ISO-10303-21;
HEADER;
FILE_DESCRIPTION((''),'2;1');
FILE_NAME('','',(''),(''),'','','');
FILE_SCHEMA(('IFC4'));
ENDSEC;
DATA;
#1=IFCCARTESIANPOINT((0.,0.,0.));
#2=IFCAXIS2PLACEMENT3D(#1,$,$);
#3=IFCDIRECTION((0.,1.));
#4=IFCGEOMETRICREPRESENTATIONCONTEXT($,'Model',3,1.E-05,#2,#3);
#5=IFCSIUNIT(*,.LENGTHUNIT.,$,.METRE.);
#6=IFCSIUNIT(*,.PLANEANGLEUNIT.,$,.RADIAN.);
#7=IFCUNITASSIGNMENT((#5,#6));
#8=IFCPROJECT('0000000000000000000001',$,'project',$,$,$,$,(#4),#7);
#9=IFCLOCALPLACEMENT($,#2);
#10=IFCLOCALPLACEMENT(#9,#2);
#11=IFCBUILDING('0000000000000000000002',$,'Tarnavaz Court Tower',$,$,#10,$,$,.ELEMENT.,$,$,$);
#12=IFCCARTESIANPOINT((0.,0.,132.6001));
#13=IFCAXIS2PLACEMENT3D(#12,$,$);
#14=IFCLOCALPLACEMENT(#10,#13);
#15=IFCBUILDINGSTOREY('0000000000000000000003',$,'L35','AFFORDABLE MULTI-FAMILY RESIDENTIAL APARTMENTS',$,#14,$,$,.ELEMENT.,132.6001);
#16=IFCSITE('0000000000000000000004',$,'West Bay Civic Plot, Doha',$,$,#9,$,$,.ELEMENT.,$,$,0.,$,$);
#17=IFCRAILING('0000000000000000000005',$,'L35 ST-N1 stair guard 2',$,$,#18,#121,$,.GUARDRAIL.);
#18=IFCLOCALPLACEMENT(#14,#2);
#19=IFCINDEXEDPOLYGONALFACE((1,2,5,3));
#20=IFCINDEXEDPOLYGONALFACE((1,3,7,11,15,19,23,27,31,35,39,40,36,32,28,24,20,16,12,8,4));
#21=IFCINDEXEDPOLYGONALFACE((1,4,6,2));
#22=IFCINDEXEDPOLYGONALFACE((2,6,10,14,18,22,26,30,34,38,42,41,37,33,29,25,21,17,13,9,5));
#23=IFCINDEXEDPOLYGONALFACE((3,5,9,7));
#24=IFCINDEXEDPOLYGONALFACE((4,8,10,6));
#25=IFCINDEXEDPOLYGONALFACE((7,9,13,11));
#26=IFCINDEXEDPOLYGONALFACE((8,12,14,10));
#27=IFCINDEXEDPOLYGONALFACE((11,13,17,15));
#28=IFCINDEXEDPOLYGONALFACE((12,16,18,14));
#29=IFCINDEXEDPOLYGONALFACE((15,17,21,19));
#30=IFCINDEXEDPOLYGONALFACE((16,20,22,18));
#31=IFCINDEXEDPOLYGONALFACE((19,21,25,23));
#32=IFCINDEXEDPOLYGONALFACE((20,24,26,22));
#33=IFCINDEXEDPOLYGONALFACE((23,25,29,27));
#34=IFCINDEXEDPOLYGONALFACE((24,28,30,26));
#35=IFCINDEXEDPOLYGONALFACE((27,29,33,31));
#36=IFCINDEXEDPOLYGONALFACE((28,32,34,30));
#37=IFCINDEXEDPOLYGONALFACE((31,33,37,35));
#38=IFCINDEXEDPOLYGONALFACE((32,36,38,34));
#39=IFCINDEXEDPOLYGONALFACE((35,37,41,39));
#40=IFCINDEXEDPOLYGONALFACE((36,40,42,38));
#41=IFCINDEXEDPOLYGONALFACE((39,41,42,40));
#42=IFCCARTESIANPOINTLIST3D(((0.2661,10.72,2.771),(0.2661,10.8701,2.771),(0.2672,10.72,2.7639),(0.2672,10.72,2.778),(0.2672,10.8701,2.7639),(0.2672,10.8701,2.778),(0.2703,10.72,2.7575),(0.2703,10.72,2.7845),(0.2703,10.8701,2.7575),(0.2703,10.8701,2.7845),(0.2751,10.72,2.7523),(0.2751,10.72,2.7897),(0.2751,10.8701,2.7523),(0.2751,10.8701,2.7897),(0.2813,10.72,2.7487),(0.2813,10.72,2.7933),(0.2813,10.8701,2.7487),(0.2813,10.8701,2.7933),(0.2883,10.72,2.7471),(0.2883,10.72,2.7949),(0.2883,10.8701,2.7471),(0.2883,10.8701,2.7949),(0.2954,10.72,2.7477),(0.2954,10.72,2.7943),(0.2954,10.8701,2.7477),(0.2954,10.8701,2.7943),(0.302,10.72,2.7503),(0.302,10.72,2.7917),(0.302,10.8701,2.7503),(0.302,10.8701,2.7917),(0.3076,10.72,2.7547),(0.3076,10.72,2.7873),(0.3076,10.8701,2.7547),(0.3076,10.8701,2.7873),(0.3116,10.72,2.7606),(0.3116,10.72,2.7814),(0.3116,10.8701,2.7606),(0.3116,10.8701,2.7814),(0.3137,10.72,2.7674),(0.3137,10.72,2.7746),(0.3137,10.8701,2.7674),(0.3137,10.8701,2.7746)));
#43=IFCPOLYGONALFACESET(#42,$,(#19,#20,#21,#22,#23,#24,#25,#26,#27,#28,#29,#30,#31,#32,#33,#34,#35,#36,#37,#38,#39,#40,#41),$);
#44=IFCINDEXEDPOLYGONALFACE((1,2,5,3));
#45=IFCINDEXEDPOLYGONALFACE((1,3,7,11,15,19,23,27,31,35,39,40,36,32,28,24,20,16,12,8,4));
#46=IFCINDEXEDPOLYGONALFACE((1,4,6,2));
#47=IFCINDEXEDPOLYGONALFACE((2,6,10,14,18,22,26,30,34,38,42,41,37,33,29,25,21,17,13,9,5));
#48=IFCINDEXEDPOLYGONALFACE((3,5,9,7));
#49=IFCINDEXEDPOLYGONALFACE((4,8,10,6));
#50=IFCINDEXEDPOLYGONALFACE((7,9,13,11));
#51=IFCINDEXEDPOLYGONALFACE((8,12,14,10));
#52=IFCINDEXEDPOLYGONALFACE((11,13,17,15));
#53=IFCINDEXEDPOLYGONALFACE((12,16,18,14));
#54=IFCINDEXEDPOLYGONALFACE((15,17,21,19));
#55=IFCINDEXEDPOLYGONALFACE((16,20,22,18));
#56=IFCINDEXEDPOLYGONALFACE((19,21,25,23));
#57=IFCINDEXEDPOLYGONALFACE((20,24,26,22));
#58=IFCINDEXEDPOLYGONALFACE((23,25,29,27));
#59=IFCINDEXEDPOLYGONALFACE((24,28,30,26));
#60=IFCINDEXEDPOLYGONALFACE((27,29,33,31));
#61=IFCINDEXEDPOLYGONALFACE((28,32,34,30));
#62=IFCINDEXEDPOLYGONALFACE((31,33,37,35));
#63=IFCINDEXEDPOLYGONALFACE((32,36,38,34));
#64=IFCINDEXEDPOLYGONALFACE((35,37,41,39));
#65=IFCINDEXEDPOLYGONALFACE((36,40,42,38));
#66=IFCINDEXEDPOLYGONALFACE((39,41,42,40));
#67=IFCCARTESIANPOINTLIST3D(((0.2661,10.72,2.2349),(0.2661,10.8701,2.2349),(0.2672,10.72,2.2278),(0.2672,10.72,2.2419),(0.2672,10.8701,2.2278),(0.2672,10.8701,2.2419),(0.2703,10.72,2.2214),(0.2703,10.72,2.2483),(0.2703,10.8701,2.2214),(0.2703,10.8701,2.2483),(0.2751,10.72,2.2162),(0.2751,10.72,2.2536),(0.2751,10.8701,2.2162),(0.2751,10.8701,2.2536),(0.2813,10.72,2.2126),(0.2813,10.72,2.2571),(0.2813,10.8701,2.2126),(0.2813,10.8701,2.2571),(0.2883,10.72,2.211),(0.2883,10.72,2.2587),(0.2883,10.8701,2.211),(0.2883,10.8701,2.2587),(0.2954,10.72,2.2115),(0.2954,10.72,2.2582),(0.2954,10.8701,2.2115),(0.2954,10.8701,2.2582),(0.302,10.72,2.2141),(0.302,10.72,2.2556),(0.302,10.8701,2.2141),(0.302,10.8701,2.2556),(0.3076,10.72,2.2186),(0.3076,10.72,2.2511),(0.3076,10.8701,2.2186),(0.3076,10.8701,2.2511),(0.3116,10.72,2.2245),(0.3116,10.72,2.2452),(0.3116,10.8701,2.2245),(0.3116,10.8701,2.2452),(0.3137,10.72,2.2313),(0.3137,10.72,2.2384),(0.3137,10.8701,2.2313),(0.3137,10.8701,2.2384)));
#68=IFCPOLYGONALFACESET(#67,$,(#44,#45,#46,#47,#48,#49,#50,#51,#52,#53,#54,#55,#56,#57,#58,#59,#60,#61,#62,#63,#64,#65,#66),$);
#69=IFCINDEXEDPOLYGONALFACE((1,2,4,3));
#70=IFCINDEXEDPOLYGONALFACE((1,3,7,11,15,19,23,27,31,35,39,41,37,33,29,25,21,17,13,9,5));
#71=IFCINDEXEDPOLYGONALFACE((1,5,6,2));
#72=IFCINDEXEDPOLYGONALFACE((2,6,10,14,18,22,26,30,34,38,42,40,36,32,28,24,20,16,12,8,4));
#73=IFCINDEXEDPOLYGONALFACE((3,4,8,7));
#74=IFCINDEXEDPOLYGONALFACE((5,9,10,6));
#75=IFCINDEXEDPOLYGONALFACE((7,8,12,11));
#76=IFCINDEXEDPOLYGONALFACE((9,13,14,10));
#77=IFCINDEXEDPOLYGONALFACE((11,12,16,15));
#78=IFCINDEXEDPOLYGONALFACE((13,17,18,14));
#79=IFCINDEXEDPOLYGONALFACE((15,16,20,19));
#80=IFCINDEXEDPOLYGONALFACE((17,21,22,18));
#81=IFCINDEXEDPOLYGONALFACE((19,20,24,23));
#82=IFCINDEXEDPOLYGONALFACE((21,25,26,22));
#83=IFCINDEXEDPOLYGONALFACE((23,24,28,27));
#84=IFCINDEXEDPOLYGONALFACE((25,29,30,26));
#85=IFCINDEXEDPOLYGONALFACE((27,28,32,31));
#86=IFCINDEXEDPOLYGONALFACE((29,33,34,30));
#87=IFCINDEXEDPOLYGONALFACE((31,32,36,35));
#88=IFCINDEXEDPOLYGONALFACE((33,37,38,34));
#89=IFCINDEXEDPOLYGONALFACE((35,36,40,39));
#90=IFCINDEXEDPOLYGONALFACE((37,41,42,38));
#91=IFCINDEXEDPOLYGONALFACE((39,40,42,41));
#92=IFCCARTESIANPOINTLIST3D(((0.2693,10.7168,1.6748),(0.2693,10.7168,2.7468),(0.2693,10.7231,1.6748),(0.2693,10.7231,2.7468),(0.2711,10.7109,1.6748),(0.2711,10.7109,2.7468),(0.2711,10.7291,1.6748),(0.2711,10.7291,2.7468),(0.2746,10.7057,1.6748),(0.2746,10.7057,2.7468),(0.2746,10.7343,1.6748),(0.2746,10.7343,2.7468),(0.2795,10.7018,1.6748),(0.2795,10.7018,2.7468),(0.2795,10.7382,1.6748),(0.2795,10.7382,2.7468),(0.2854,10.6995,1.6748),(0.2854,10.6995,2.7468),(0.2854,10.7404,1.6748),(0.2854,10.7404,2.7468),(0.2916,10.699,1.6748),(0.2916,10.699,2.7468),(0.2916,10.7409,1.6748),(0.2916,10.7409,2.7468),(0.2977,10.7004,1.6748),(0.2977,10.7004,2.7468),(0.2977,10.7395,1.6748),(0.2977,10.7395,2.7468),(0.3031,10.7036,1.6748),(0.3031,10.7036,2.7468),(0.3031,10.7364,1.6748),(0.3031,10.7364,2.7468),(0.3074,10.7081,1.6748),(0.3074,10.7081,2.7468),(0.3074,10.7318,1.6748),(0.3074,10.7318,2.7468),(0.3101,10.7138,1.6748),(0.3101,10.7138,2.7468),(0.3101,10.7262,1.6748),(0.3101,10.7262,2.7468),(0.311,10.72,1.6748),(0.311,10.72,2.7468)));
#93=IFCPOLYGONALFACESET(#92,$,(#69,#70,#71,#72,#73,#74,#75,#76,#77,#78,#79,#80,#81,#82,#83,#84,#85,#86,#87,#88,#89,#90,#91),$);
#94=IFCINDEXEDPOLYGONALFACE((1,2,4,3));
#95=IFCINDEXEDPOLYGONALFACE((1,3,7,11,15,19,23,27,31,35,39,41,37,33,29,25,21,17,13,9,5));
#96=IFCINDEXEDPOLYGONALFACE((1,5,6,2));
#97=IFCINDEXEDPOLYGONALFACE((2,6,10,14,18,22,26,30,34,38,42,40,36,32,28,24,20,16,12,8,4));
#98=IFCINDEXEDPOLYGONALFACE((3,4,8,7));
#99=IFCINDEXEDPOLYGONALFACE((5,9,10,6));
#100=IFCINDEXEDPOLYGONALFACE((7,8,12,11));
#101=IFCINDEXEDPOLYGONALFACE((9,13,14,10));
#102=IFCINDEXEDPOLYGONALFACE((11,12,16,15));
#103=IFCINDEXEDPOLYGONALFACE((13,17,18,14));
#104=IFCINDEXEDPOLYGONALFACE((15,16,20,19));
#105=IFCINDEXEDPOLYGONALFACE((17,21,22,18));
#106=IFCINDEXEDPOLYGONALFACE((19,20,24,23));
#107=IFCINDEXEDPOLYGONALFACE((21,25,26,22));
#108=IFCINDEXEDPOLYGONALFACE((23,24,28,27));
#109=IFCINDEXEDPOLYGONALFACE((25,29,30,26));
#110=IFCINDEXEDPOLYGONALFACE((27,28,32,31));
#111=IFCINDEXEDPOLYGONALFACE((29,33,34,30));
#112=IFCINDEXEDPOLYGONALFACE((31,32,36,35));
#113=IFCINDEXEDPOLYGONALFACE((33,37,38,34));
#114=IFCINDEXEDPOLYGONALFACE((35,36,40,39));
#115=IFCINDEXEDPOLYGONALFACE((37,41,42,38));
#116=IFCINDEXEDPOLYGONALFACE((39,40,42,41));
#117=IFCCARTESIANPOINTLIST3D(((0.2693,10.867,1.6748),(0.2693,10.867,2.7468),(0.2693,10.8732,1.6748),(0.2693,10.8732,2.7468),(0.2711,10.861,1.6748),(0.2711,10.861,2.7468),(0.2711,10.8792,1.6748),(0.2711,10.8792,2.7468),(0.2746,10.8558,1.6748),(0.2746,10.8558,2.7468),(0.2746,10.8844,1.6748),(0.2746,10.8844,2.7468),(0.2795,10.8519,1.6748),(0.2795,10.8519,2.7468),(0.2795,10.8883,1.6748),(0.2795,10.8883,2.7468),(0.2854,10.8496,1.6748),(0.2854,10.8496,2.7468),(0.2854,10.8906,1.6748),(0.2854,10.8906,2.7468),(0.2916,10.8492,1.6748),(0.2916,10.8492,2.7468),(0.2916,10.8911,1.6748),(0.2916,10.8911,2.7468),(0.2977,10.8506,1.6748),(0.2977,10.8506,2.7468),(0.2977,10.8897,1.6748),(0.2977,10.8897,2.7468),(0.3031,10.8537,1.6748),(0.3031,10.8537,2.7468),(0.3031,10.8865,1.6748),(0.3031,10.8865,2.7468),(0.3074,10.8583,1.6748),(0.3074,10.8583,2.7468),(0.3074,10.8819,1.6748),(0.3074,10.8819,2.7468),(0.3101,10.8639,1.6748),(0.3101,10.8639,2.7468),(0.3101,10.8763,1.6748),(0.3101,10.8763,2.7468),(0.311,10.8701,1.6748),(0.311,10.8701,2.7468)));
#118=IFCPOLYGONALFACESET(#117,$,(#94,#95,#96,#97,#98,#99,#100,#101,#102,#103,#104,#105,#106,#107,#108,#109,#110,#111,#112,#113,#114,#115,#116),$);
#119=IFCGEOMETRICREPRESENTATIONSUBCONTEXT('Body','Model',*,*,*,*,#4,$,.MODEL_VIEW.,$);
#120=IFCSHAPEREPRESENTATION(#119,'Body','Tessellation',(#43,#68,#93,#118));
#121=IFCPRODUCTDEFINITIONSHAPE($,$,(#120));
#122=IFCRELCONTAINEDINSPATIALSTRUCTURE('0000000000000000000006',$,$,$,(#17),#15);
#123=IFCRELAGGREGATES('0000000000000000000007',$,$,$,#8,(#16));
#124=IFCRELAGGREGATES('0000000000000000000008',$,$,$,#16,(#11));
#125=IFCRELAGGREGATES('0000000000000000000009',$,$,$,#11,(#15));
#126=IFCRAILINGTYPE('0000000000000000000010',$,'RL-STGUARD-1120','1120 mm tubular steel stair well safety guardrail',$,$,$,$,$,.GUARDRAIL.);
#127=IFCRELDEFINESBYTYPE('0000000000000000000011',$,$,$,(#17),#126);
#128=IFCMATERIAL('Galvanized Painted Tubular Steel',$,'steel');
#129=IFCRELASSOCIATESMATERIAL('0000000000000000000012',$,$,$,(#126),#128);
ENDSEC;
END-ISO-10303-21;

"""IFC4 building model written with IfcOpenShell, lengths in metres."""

from ifc_helpers import new_model, si_unit, direction, frame, origin, origin_2d, place, context, subcontext, project, spatial, circle, extrude, material, type_object, element, save


model = new_model("IFC4")

# Units and contexts
model_context = context("Model", 3, precision=1e-05, world=origin(), true_north=direction((0.0, 1.0)))
body_context = subcontext(model_context, "Body", "Model", "MODEL_VIEW")
ifc_project = project(units=[si_unit("LENGTHUNIT", "METRE"), si_unit("PLANEANGLEUNIT", "RADIAN")], contexts=[model_context])

# Site, building, storey
site_placement = place(None, origin())
site = spatial("IfcSite", under=ifc_project, at=site_placement, Name="West Bay Civic Plot, Doha", CompositionType="ELEMENT", RefElevation=0.0)
building_placement = place(site_placement, origin())
building = spatial("IfcBuilding", under=site, at=building_placement, Name="Tarnavaz Court Tower", CompositionType="ELEMENT")
storey_placement = place(building_placement, frame((0.0, 0.0, 132.6001)))
storey = spatial("IfcBuildingStorey", under=building, at=storey_placement, Name="L35", Description="AFFORDABLE MULTI-FAMILY RESIDENTIAL APARTMENTS", CompositionType="ELEMENT", Elevation=132.6001)

# Railing
ifc_material_1 = material(Name="Galvanized Painted Tubular Steel", Category="steel")
railing_type_1 = type_object("IfcRailingType", Name="RL-STGUARD-1120", Description="1120 mm tubular steel stair well safety guardrail", PredefinedType="GUARDRAIL", material=ifc_material_1)
railing_1_placement = place(storey_placement, frame((0.29, 10.72, 1.6748)))
element("IfcRailing", 1, at=railing_1_placement, inside=storey, type_object=railing_type_1, Name="L35 ST-N1 stair guard 2", PredefinedType="GUARDRAIL", context=body_context, shape_type="SweptSolid", body=[
    extrude(circle(Radius=0.0239, at=origin_2d()), frame((0.0, 0.0, 1.0962), z_axis=(0.0, 1.0, 0.0), x_axis=(-1.0, 0.0, 0.0)), (0.0, 0.0, 1.0), 0.1501),
    extrude(circle(Radius=0.0239, at=origin_2d()), frame((0.0, 0.0, 0.5601), z_axis=(0.0, 1.0, 0.0), x_axis=(-1.0, 0.0, 0.0)), (0.0, 0.0, 1.0), 0.1501),
    extrude(circle(Radius=0.021, at=origin_2d()), origin(), (0.0, 0.0, 1.0), 1.072),
    extrude(circle(Radius=0.021, at=origin_2d()), frame((0.0, 0.1501, 0.0)), (0.0, 0.0, 1.0), 1.072),
])

save(model, "model.ifc")
